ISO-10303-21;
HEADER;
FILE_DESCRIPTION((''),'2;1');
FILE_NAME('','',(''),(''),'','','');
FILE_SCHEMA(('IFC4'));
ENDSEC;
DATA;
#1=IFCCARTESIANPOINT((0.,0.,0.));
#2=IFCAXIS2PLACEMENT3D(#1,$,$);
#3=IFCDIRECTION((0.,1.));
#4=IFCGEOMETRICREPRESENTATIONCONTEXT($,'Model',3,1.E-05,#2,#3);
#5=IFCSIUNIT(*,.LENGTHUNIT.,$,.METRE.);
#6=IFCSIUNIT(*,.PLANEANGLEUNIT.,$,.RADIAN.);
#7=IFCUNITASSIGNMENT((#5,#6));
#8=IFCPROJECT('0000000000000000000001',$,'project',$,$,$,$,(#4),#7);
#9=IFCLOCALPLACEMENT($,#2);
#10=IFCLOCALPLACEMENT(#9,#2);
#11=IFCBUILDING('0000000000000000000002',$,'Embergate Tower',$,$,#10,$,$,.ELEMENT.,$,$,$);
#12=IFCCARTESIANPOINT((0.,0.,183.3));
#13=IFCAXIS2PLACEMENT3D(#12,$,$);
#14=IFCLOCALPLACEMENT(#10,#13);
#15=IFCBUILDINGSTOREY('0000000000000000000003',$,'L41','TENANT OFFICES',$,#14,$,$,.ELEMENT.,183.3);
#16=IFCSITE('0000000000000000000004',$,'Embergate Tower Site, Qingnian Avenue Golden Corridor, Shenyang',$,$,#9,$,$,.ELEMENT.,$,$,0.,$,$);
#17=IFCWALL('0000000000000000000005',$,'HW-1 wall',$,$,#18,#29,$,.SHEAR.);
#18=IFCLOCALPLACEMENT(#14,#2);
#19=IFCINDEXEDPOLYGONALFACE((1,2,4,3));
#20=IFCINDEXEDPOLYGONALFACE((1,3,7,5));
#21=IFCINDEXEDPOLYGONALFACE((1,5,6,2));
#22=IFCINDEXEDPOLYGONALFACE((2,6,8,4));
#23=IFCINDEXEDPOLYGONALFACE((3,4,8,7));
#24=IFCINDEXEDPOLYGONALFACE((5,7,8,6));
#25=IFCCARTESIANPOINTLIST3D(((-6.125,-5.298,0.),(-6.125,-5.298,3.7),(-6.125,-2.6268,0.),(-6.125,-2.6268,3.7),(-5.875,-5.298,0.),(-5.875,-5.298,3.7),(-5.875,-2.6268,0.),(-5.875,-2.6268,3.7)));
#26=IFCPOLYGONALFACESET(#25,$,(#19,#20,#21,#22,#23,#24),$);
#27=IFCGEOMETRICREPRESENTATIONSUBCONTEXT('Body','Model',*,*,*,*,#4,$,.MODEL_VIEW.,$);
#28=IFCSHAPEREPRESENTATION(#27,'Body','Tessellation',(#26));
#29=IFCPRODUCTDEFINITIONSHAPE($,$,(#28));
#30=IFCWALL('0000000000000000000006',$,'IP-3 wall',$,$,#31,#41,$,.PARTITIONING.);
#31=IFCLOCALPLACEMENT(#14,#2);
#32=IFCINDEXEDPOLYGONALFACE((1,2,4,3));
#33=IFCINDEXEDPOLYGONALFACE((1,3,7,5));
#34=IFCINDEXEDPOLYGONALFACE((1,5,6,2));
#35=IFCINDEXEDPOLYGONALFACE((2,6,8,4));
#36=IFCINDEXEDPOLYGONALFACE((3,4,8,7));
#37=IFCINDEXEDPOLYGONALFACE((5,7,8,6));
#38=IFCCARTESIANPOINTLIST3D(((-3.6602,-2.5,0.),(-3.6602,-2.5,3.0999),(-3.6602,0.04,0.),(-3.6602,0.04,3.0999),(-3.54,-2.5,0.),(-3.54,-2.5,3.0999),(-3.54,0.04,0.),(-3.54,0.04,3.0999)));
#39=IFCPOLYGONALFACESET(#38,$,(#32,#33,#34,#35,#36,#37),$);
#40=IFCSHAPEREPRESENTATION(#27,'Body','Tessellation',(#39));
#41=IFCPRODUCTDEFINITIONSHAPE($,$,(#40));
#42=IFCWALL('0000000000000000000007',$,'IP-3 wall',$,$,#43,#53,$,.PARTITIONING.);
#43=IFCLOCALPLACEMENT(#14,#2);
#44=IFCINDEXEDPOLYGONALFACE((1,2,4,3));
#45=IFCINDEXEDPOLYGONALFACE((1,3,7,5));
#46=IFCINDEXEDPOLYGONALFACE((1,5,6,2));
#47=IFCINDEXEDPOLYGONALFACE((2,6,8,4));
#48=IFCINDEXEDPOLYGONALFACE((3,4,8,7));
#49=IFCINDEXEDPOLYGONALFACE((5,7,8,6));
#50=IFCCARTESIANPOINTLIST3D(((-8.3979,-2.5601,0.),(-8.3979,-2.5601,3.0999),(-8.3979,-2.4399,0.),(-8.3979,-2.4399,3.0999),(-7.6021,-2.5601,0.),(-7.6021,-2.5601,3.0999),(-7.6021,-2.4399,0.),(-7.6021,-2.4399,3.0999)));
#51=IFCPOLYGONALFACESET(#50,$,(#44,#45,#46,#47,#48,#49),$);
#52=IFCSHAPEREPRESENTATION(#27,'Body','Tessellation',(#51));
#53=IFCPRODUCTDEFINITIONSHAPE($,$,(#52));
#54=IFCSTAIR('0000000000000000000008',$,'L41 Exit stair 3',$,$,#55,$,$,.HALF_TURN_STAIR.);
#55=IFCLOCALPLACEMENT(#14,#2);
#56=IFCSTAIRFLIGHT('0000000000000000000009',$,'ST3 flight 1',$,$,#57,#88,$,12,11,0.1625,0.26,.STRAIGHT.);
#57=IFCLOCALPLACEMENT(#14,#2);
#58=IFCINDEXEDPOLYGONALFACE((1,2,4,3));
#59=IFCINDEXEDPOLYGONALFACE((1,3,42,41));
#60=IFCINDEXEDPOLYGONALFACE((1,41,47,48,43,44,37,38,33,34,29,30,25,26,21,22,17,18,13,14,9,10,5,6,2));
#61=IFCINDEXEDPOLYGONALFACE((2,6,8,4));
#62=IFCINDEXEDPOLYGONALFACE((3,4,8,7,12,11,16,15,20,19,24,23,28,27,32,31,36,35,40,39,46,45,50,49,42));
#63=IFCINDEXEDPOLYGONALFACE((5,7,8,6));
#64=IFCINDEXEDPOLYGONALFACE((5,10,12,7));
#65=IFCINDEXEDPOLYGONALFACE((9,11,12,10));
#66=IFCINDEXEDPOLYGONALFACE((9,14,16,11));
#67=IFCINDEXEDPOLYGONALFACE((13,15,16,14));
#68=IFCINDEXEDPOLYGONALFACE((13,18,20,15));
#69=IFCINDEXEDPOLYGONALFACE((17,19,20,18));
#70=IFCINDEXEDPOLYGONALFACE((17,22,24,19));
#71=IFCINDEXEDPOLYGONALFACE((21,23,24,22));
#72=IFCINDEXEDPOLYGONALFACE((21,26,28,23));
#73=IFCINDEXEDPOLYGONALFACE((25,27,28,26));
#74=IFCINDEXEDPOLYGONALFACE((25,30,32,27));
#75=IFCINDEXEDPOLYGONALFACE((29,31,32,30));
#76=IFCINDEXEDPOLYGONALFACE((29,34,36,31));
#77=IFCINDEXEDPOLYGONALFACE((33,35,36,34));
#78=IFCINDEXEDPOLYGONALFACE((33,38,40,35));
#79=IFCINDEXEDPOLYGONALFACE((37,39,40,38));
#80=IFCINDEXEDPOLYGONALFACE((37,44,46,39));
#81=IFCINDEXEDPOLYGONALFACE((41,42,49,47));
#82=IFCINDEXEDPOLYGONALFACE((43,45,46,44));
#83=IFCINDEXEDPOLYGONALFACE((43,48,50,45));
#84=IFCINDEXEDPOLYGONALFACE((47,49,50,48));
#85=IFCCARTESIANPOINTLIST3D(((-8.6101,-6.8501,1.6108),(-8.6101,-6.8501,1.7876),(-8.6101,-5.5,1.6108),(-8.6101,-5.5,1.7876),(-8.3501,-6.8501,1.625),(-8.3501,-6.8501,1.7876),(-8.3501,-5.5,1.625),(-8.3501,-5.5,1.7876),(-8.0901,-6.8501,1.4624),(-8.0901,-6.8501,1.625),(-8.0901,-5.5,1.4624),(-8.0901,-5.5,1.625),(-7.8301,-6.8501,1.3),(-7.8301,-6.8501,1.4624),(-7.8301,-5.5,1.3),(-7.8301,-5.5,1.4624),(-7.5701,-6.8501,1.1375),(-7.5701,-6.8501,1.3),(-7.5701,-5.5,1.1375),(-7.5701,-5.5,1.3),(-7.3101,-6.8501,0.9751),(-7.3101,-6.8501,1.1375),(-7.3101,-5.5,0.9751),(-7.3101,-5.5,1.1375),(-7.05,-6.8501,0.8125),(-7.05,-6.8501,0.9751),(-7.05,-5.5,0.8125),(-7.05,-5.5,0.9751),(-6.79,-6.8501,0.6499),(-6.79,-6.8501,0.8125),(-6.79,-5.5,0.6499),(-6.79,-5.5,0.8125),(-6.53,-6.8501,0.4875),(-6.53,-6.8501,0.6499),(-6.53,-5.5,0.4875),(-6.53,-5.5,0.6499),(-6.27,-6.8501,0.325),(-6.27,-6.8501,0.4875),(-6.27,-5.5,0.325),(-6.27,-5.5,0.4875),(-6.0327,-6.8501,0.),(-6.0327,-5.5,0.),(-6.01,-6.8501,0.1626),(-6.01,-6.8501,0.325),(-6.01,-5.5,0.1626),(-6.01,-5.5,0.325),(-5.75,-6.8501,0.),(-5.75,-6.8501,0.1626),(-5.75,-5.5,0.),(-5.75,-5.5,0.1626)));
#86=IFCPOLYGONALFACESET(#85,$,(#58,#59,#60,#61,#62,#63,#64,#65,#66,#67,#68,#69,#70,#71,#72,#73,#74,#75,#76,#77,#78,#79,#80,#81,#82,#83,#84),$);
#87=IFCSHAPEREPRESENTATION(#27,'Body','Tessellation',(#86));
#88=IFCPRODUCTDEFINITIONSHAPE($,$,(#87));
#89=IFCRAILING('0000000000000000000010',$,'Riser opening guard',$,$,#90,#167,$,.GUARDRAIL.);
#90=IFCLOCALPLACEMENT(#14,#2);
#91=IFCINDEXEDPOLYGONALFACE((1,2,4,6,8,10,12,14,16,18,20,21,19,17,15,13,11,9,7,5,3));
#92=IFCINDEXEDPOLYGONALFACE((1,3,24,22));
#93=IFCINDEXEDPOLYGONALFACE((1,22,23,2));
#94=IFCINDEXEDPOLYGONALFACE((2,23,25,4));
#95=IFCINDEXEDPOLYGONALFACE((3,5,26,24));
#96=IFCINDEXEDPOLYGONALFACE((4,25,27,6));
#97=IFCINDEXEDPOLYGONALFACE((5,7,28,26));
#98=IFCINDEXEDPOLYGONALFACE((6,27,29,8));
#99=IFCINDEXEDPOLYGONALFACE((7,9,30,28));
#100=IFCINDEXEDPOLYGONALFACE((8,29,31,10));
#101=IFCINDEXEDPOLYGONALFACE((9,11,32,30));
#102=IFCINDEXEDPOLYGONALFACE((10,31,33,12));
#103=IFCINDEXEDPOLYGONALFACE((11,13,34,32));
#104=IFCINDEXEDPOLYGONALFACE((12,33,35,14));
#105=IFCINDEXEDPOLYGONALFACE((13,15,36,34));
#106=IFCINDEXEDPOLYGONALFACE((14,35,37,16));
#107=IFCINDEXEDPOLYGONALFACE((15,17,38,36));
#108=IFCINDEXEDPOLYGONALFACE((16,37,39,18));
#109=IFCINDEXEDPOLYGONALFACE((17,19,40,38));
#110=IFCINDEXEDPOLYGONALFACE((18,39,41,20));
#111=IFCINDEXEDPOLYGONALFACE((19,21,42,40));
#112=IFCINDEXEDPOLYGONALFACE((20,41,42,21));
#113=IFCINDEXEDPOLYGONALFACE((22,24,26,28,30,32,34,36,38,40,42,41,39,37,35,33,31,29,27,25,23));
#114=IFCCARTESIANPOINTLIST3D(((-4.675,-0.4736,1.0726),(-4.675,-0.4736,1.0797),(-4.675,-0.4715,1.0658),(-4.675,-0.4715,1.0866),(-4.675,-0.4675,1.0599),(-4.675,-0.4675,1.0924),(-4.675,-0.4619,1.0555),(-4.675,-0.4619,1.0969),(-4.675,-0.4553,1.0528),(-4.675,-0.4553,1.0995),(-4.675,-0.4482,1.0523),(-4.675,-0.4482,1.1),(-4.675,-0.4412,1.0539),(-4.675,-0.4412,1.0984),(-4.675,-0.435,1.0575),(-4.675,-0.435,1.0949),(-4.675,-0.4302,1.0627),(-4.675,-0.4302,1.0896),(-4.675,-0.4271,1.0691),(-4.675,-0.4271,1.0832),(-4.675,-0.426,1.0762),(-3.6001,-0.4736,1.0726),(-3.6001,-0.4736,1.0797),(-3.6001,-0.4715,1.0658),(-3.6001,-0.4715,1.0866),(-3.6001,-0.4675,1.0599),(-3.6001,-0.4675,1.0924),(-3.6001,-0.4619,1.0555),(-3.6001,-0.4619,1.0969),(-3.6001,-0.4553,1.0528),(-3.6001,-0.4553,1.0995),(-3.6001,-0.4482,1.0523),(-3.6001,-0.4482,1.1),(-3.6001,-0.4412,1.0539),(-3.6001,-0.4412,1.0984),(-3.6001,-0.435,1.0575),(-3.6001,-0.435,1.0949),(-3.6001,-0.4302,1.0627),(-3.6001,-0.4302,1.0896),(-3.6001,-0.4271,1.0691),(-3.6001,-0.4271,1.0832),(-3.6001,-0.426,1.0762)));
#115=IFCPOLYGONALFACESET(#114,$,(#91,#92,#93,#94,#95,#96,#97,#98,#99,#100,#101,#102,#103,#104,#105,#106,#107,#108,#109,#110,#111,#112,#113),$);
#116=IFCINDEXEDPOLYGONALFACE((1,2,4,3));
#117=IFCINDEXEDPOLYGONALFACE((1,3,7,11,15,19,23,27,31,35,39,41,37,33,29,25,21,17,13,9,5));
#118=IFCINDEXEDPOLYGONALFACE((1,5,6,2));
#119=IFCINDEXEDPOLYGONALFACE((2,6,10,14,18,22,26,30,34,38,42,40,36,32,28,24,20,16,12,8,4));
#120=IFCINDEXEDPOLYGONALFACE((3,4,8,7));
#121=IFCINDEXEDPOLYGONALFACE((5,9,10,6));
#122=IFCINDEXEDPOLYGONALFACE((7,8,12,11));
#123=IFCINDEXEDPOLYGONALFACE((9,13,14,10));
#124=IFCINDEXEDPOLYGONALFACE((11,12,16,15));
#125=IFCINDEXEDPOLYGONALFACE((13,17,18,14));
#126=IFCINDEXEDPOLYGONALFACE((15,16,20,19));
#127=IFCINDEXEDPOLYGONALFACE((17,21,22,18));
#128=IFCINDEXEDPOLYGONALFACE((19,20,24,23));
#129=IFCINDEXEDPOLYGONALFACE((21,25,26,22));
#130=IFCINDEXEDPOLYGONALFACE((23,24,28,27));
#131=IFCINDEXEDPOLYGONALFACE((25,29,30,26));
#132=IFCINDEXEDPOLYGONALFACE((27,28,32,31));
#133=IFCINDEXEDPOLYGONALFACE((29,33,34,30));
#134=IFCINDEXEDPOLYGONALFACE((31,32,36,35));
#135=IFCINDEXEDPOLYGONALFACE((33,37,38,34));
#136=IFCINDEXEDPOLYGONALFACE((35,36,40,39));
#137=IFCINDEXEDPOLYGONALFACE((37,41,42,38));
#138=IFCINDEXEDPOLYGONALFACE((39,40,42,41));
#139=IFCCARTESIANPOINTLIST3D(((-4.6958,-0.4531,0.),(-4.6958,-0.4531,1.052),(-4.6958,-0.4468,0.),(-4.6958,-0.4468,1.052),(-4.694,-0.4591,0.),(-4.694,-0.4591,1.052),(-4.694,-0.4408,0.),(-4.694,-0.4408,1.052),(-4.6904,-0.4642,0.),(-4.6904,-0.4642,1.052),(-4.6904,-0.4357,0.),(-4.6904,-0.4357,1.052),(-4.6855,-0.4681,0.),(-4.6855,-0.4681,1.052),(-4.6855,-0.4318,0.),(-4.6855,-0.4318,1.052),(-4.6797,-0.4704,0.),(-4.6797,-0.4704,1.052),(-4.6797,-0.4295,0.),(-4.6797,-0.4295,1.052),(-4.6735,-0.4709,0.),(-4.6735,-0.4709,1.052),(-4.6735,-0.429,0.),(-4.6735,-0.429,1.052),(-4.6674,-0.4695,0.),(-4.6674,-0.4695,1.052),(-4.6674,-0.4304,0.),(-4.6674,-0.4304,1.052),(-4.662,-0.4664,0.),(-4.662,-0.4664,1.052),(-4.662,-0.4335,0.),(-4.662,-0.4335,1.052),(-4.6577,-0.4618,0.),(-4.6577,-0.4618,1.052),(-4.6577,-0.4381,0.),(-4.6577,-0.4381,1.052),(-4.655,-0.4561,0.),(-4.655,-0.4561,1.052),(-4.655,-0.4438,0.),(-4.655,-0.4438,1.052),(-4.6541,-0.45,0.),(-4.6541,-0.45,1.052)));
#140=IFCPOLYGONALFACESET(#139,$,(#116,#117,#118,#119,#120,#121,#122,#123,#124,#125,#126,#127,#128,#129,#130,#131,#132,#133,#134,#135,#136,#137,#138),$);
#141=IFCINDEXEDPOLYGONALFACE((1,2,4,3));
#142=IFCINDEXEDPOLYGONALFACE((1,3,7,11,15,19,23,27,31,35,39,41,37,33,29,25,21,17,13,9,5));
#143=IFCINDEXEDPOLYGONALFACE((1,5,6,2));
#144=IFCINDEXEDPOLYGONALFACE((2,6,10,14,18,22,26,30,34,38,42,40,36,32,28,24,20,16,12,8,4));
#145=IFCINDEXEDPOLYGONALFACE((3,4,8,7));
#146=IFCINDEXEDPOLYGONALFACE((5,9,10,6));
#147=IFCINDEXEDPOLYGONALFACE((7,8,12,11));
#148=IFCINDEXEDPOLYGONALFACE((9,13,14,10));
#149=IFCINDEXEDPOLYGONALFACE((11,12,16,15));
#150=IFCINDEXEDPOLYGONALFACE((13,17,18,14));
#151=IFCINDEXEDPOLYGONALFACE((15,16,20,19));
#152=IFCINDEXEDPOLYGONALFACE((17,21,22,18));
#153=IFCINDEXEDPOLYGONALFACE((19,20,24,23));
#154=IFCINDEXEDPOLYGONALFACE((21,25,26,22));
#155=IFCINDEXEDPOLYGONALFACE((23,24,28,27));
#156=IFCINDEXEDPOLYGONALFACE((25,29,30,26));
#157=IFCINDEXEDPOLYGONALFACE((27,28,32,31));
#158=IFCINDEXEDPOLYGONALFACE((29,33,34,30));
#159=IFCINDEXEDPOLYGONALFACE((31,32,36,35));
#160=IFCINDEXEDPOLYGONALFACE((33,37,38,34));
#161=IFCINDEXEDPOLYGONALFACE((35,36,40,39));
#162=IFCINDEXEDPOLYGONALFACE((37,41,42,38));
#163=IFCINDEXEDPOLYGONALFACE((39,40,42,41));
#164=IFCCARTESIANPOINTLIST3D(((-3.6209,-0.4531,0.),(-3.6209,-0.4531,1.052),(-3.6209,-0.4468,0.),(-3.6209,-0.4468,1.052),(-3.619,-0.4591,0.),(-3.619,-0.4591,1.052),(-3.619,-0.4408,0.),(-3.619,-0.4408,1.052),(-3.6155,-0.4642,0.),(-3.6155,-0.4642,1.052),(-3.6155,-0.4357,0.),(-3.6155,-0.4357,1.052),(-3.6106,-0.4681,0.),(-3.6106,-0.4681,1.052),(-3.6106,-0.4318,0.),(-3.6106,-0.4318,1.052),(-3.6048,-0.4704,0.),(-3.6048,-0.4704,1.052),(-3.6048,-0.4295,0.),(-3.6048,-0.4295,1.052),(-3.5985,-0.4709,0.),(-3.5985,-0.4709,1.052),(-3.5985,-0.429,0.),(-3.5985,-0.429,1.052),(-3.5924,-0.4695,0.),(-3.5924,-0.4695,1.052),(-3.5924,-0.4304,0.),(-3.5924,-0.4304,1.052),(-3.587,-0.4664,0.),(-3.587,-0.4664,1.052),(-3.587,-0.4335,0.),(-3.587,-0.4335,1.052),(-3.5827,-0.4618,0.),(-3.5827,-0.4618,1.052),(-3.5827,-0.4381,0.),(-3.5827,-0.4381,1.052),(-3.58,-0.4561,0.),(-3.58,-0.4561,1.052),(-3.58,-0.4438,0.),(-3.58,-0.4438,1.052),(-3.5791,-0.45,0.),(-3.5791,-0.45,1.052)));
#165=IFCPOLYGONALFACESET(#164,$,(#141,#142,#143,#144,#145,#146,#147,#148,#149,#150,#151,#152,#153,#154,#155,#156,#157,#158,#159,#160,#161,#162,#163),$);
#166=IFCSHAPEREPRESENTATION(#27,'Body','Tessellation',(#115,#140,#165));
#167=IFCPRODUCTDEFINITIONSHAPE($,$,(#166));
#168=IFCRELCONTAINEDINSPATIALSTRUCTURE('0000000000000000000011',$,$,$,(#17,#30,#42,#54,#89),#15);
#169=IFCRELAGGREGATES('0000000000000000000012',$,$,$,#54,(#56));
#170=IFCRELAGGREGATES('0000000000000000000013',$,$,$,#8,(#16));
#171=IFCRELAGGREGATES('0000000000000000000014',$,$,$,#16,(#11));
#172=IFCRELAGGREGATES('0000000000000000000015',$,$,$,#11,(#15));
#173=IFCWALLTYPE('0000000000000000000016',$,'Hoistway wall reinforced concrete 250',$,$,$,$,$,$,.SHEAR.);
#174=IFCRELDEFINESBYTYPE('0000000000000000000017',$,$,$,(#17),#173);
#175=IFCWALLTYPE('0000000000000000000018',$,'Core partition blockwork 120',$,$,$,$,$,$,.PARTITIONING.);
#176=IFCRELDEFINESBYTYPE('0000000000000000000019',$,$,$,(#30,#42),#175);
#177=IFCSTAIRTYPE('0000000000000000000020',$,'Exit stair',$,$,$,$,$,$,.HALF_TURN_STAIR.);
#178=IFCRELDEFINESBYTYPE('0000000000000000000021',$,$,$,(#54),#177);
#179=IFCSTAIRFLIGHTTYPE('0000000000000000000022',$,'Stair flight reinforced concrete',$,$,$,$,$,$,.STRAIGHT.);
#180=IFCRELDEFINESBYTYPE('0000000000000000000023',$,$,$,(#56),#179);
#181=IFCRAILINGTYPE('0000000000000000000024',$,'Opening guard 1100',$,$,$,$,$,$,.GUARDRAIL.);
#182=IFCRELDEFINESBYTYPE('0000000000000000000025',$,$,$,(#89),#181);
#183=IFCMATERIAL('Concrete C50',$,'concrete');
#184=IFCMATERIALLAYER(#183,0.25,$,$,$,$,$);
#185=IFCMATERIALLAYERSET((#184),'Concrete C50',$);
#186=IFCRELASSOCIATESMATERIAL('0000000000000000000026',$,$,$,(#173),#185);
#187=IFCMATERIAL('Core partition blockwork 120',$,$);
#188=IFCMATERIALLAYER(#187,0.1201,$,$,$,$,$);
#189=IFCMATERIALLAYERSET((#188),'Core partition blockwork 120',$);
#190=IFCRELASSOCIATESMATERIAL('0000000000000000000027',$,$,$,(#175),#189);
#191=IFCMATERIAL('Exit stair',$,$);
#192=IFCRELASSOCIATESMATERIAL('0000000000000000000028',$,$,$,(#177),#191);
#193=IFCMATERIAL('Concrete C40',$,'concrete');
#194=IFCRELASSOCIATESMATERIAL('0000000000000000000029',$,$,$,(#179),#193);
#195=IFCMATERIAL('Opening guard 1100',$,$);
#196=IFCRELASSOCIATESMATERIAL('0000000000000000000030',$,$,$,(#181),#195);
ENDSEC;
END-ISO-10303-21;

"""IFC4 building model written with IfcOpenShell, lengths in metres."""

from ifc_helpers import new_model, si_unit, direction, frame, frame_2d, origin, origin_2d, place, context, subcontext, project, spatial, polyline, rectangle, circle, outline, extrude, source, transform, mapped, material, layer, layer_set, type_object, element, aggregate, save


model = new_model("IFC4")

# Units and contexts
model_context = context("Model", 3, precision=1e-05, world=origin(), true_north=direction((0.0, 1.0)))
body_context = subcontext(model_context, "Body", "Model", "MODEL_VIEW")
ifc_project = project(units=[si_unit("LENGTHUNIT", "METRE"), si_unit("PLANEANGLEUNIT", "RADIAN")], contexts=[model_context])

# Site, building, storey
site_placement = place(None, origin())
site = spatial("IfcSite", under=ifc_project, at=site_placement, Name="Embergate Tower Site, Qingnian Avenue Golden Corridor, Shenyang", CompositionType="ELEMENT", RefElevation=0.0)
building_placement = place(site_placement, origin())
building = spatial("IfcBuilding", under=site, at=building_placement, Name="Embergate Tower", CompositionType="ELEMENT")
storey_placement = place(building_placement, frame((0.0, 0.0, 183.3)))
storey = spatial("IfcBuildingStorey", under=building, at=storey_placement, Name="L41", Description="TENANT OFFICES", CompositionType="ELEMENT", Elevation=183.3)

# Shared definitions
ifc_material_1 = material(Name="Concrete C50", Category="concrete")
ifc_layer_1 = layer(ifc_material_1, 0.25)
ifc_layer_set_1 = layer_set([ifc_layer_1], Name="Concrete C50")
wall_type_1 = type_object("IfcWallType", Name="Hoistway wall reinforced concrete 250", PredefinedType="SHEAR", material=ifc_layer_set_1)

# Shared definitions
ifc_material_2 = material(Name="Core partition blockwork 120")
ifc_layer_2 = layer(ifc_material_2, 0.1201)
ifc_layer_set_2 = layer_set([ifc_layer_2], Name="Core partition blockwork 120")
wall_type_2 = type_object("IfcWallType", Name="Core partition blockwork 120", PredefinedType="PARTITIONING", material=ifc_layer_set_2)

# Walls
shared_shape_1 = source(origin(), body_context, "Body", "SweptSolid", [
    extrude(rectangle(XDim=2.6711, YDim=0.25, at=frame_2d((1.3354, 0.0))), origin(), (0.0, 0.0, 1.0), 3.7),
])
wall_1_placement = place(storey_placement, frame((-6.0, -2.627, 0.0), z_axis=(0.0, 0.0, 1.0), x_axis=(0.0, -1.0, 0.0)))
element("IfcWall", 1, at=wall_1_placement, inside=storey, type_object=wall_type_1, Name="HW-1 wall", PredefinedType="SHEAR", context=body_context, shape_type="MappedRepresentation", body=[
    mapped(shared_shape_1, transform((0.0, 0.0, 0.0))),
])
shared_shape_2 = source(origin(), body_context, "Body", "SweptSolid", [
    extrude(rectangle(XDim=2.54, YDim=0.1201, at=frame_2d((1.27, 0.0))), origin(), (0.0, 0.0, 1.0), 3.0999),
])
wall_2_placement = place(storey_placement, frame((-3.6001, -2.5, 0.0), z_axis=(0.0, 0.0, 1.0), x_axis=(0.0, 1.0, 0.0)))
element("IfcWall", 2, at=wall_2_placement, inside=storey, type_object=wall_type_2, Name="IP-3 wall", PredefinedType="PARTITIONING", context=body_context, shape_type="MappedRepresentation", body=[
    mapped(shared_shape_2, transform((0.0, 0.0, 0.0))),
])
shared_shape_3 = source(origin(), body_context, "Body", "SweptSolid", [
    extrude(rectangle(XDim=0.7959, YDim=0.1201, at=frame_2d((0.3979, 0.0))), origin(), (0.0, 0.0, 1.0), 3.0999),
])
wall_3_placement = place(storey_placement, frame((-8.3979, -2.5, 0.0), z_axis=(0.0, 0.0, 1.0), x_axis=(1.0, 0.0, 0.0)))
element("IfcWall", 3, at=wall_3_placement, inside=storey, type_object=wall_type_2, Name="IP-3 wall", PredefinedType="PARTITIONING", context=body_context, shape_type="MappedRepresentation", body=[
    mapped(shared_shape_3, transform((0.0, 0.0, 0.0))),
])

# Stair, stair flight
ifc_material_3 = material(Name="Exit stair")
stair_type = type_object("IfcStairType", Name="Exit stair", PredefinedType="HALF_TURN_STAIR", material=ifc_material_3)
stair_placement = place(storey_placement, origin())
stair = element("IfcStair", 4, at=stair_placement, inside=storey, type_object=stair_type, Name="L41 Exit stair 3", PredefinedType="HALF_TURN_STAIR")
ifc_material_4 = material(Name="Concrete C40", Category="concrete")
stair_flight_type = type_object("IfcStairFlightType", Name="Stair flight reinforced concrete", PredefinedType="STRAIGHT", material=ifc_material_4)
shared_shape_4 = source(origin(), body_context, "Body", "SweptSolid", [
    extrude(outline(polyline([(0.0, 0.0), (0.0, 0.1626), (0.26, 0.1626), (0.26, 0.325), (0.52, 0.325), (0.52, 0.4875), (0.78, 0.4875), (0.78, 0.6499), (1.04, 0.6499), (1.04, 0.8125), (1.3, 0.8125), (1.3, 0.9751), (1.5601, 0.9751), (1.5601, 1.1375), (1.8201, 1.1375), (1.8201, 1.3), (2.0801, 1.3), (2.0801, 1.4624), (2.3401, 1.4624), (2.3401, 1.625), (2.6001, 1.625), (2.6001, 1.7876), (2.8601, 1.7876), (2.8601, 1.95), (2.8601, 1.6108), (0.2827, 0.0), (0.0, 0.0)])), frame((0.0, 0.675, 0.0), z_axis=(0.0, -1.0, 0.0), x_axis=(1.0, 0.0, 0.0)), (0.0, 0.0, 1.0), 1.3501),
])
stair_flight_placement = place(storey_placement, frame((-5.75, -6.175, 0.0), z_axis=(0.0, 0.0, 1.0), x_axis=(-1.0, 0.0, 0.0)))
stair_flight = element("IfcStairFlight", 5, at=stair_flight_placement, type_object=stair_flight_type, Name="ST3 flight 1", NumberOfRisers=12, NumberOfTreads=11, PredefinedType="STRAIGHT", RiserHeight=0.1625, TreadLength=0.26, context=body_context, shape_type="MappedRepresentation", body=[
    mapped(shared_shape_4, transform((0.0, 0.0, 0.0))),
])
aggregate(stair, [stair_flight])

# Railing
ifc_material_5 = material(Name="Opening guard 1100")
railing_type_1 = type_object("IfcRailingType", Name="Opening guard 1100", PredefinedType="GUARDRAIL", material=ifc_material_5)
shared_shape_5 = source(origin(), body_context, "Body", "SweptSolid", [
    extrude(circle(Radius=0.0239, at=origin_2d()), frame((0.0, 0.0, 1.0762), z_axis=(1.0, 0.0, 0.0), x_axis=(0.0, 1.0, 0.0)), (0.0, 0.0, 1.0), 1.075),
    extrude(circle(Radius=0.021, at=origin_2d()), origin(), (0.0, 0.0, 1.0), 1.052),
    extrude(circle(Radius=0.021, at=origin_2d()), frame((1.075, 0.0, 0.0)), (0.0, 0.0, 1.0), 1.052),
])
railing_1_placement = place(storey_placement, frame((-4.675, -0.45, 0.0)))
element("IfcRailing", 6, at=railing_1_placement, inside=storey, type_object=railing_type_1, Name="Riser opening guard", PredefinedType="GUARDRAIL", context=body_context, shape_type="MappedRepresentation", body=[
    mapped(shared_shape_5, transform((0.0, 0.0, 0.0))),
])

save(model, "model.ifc")
